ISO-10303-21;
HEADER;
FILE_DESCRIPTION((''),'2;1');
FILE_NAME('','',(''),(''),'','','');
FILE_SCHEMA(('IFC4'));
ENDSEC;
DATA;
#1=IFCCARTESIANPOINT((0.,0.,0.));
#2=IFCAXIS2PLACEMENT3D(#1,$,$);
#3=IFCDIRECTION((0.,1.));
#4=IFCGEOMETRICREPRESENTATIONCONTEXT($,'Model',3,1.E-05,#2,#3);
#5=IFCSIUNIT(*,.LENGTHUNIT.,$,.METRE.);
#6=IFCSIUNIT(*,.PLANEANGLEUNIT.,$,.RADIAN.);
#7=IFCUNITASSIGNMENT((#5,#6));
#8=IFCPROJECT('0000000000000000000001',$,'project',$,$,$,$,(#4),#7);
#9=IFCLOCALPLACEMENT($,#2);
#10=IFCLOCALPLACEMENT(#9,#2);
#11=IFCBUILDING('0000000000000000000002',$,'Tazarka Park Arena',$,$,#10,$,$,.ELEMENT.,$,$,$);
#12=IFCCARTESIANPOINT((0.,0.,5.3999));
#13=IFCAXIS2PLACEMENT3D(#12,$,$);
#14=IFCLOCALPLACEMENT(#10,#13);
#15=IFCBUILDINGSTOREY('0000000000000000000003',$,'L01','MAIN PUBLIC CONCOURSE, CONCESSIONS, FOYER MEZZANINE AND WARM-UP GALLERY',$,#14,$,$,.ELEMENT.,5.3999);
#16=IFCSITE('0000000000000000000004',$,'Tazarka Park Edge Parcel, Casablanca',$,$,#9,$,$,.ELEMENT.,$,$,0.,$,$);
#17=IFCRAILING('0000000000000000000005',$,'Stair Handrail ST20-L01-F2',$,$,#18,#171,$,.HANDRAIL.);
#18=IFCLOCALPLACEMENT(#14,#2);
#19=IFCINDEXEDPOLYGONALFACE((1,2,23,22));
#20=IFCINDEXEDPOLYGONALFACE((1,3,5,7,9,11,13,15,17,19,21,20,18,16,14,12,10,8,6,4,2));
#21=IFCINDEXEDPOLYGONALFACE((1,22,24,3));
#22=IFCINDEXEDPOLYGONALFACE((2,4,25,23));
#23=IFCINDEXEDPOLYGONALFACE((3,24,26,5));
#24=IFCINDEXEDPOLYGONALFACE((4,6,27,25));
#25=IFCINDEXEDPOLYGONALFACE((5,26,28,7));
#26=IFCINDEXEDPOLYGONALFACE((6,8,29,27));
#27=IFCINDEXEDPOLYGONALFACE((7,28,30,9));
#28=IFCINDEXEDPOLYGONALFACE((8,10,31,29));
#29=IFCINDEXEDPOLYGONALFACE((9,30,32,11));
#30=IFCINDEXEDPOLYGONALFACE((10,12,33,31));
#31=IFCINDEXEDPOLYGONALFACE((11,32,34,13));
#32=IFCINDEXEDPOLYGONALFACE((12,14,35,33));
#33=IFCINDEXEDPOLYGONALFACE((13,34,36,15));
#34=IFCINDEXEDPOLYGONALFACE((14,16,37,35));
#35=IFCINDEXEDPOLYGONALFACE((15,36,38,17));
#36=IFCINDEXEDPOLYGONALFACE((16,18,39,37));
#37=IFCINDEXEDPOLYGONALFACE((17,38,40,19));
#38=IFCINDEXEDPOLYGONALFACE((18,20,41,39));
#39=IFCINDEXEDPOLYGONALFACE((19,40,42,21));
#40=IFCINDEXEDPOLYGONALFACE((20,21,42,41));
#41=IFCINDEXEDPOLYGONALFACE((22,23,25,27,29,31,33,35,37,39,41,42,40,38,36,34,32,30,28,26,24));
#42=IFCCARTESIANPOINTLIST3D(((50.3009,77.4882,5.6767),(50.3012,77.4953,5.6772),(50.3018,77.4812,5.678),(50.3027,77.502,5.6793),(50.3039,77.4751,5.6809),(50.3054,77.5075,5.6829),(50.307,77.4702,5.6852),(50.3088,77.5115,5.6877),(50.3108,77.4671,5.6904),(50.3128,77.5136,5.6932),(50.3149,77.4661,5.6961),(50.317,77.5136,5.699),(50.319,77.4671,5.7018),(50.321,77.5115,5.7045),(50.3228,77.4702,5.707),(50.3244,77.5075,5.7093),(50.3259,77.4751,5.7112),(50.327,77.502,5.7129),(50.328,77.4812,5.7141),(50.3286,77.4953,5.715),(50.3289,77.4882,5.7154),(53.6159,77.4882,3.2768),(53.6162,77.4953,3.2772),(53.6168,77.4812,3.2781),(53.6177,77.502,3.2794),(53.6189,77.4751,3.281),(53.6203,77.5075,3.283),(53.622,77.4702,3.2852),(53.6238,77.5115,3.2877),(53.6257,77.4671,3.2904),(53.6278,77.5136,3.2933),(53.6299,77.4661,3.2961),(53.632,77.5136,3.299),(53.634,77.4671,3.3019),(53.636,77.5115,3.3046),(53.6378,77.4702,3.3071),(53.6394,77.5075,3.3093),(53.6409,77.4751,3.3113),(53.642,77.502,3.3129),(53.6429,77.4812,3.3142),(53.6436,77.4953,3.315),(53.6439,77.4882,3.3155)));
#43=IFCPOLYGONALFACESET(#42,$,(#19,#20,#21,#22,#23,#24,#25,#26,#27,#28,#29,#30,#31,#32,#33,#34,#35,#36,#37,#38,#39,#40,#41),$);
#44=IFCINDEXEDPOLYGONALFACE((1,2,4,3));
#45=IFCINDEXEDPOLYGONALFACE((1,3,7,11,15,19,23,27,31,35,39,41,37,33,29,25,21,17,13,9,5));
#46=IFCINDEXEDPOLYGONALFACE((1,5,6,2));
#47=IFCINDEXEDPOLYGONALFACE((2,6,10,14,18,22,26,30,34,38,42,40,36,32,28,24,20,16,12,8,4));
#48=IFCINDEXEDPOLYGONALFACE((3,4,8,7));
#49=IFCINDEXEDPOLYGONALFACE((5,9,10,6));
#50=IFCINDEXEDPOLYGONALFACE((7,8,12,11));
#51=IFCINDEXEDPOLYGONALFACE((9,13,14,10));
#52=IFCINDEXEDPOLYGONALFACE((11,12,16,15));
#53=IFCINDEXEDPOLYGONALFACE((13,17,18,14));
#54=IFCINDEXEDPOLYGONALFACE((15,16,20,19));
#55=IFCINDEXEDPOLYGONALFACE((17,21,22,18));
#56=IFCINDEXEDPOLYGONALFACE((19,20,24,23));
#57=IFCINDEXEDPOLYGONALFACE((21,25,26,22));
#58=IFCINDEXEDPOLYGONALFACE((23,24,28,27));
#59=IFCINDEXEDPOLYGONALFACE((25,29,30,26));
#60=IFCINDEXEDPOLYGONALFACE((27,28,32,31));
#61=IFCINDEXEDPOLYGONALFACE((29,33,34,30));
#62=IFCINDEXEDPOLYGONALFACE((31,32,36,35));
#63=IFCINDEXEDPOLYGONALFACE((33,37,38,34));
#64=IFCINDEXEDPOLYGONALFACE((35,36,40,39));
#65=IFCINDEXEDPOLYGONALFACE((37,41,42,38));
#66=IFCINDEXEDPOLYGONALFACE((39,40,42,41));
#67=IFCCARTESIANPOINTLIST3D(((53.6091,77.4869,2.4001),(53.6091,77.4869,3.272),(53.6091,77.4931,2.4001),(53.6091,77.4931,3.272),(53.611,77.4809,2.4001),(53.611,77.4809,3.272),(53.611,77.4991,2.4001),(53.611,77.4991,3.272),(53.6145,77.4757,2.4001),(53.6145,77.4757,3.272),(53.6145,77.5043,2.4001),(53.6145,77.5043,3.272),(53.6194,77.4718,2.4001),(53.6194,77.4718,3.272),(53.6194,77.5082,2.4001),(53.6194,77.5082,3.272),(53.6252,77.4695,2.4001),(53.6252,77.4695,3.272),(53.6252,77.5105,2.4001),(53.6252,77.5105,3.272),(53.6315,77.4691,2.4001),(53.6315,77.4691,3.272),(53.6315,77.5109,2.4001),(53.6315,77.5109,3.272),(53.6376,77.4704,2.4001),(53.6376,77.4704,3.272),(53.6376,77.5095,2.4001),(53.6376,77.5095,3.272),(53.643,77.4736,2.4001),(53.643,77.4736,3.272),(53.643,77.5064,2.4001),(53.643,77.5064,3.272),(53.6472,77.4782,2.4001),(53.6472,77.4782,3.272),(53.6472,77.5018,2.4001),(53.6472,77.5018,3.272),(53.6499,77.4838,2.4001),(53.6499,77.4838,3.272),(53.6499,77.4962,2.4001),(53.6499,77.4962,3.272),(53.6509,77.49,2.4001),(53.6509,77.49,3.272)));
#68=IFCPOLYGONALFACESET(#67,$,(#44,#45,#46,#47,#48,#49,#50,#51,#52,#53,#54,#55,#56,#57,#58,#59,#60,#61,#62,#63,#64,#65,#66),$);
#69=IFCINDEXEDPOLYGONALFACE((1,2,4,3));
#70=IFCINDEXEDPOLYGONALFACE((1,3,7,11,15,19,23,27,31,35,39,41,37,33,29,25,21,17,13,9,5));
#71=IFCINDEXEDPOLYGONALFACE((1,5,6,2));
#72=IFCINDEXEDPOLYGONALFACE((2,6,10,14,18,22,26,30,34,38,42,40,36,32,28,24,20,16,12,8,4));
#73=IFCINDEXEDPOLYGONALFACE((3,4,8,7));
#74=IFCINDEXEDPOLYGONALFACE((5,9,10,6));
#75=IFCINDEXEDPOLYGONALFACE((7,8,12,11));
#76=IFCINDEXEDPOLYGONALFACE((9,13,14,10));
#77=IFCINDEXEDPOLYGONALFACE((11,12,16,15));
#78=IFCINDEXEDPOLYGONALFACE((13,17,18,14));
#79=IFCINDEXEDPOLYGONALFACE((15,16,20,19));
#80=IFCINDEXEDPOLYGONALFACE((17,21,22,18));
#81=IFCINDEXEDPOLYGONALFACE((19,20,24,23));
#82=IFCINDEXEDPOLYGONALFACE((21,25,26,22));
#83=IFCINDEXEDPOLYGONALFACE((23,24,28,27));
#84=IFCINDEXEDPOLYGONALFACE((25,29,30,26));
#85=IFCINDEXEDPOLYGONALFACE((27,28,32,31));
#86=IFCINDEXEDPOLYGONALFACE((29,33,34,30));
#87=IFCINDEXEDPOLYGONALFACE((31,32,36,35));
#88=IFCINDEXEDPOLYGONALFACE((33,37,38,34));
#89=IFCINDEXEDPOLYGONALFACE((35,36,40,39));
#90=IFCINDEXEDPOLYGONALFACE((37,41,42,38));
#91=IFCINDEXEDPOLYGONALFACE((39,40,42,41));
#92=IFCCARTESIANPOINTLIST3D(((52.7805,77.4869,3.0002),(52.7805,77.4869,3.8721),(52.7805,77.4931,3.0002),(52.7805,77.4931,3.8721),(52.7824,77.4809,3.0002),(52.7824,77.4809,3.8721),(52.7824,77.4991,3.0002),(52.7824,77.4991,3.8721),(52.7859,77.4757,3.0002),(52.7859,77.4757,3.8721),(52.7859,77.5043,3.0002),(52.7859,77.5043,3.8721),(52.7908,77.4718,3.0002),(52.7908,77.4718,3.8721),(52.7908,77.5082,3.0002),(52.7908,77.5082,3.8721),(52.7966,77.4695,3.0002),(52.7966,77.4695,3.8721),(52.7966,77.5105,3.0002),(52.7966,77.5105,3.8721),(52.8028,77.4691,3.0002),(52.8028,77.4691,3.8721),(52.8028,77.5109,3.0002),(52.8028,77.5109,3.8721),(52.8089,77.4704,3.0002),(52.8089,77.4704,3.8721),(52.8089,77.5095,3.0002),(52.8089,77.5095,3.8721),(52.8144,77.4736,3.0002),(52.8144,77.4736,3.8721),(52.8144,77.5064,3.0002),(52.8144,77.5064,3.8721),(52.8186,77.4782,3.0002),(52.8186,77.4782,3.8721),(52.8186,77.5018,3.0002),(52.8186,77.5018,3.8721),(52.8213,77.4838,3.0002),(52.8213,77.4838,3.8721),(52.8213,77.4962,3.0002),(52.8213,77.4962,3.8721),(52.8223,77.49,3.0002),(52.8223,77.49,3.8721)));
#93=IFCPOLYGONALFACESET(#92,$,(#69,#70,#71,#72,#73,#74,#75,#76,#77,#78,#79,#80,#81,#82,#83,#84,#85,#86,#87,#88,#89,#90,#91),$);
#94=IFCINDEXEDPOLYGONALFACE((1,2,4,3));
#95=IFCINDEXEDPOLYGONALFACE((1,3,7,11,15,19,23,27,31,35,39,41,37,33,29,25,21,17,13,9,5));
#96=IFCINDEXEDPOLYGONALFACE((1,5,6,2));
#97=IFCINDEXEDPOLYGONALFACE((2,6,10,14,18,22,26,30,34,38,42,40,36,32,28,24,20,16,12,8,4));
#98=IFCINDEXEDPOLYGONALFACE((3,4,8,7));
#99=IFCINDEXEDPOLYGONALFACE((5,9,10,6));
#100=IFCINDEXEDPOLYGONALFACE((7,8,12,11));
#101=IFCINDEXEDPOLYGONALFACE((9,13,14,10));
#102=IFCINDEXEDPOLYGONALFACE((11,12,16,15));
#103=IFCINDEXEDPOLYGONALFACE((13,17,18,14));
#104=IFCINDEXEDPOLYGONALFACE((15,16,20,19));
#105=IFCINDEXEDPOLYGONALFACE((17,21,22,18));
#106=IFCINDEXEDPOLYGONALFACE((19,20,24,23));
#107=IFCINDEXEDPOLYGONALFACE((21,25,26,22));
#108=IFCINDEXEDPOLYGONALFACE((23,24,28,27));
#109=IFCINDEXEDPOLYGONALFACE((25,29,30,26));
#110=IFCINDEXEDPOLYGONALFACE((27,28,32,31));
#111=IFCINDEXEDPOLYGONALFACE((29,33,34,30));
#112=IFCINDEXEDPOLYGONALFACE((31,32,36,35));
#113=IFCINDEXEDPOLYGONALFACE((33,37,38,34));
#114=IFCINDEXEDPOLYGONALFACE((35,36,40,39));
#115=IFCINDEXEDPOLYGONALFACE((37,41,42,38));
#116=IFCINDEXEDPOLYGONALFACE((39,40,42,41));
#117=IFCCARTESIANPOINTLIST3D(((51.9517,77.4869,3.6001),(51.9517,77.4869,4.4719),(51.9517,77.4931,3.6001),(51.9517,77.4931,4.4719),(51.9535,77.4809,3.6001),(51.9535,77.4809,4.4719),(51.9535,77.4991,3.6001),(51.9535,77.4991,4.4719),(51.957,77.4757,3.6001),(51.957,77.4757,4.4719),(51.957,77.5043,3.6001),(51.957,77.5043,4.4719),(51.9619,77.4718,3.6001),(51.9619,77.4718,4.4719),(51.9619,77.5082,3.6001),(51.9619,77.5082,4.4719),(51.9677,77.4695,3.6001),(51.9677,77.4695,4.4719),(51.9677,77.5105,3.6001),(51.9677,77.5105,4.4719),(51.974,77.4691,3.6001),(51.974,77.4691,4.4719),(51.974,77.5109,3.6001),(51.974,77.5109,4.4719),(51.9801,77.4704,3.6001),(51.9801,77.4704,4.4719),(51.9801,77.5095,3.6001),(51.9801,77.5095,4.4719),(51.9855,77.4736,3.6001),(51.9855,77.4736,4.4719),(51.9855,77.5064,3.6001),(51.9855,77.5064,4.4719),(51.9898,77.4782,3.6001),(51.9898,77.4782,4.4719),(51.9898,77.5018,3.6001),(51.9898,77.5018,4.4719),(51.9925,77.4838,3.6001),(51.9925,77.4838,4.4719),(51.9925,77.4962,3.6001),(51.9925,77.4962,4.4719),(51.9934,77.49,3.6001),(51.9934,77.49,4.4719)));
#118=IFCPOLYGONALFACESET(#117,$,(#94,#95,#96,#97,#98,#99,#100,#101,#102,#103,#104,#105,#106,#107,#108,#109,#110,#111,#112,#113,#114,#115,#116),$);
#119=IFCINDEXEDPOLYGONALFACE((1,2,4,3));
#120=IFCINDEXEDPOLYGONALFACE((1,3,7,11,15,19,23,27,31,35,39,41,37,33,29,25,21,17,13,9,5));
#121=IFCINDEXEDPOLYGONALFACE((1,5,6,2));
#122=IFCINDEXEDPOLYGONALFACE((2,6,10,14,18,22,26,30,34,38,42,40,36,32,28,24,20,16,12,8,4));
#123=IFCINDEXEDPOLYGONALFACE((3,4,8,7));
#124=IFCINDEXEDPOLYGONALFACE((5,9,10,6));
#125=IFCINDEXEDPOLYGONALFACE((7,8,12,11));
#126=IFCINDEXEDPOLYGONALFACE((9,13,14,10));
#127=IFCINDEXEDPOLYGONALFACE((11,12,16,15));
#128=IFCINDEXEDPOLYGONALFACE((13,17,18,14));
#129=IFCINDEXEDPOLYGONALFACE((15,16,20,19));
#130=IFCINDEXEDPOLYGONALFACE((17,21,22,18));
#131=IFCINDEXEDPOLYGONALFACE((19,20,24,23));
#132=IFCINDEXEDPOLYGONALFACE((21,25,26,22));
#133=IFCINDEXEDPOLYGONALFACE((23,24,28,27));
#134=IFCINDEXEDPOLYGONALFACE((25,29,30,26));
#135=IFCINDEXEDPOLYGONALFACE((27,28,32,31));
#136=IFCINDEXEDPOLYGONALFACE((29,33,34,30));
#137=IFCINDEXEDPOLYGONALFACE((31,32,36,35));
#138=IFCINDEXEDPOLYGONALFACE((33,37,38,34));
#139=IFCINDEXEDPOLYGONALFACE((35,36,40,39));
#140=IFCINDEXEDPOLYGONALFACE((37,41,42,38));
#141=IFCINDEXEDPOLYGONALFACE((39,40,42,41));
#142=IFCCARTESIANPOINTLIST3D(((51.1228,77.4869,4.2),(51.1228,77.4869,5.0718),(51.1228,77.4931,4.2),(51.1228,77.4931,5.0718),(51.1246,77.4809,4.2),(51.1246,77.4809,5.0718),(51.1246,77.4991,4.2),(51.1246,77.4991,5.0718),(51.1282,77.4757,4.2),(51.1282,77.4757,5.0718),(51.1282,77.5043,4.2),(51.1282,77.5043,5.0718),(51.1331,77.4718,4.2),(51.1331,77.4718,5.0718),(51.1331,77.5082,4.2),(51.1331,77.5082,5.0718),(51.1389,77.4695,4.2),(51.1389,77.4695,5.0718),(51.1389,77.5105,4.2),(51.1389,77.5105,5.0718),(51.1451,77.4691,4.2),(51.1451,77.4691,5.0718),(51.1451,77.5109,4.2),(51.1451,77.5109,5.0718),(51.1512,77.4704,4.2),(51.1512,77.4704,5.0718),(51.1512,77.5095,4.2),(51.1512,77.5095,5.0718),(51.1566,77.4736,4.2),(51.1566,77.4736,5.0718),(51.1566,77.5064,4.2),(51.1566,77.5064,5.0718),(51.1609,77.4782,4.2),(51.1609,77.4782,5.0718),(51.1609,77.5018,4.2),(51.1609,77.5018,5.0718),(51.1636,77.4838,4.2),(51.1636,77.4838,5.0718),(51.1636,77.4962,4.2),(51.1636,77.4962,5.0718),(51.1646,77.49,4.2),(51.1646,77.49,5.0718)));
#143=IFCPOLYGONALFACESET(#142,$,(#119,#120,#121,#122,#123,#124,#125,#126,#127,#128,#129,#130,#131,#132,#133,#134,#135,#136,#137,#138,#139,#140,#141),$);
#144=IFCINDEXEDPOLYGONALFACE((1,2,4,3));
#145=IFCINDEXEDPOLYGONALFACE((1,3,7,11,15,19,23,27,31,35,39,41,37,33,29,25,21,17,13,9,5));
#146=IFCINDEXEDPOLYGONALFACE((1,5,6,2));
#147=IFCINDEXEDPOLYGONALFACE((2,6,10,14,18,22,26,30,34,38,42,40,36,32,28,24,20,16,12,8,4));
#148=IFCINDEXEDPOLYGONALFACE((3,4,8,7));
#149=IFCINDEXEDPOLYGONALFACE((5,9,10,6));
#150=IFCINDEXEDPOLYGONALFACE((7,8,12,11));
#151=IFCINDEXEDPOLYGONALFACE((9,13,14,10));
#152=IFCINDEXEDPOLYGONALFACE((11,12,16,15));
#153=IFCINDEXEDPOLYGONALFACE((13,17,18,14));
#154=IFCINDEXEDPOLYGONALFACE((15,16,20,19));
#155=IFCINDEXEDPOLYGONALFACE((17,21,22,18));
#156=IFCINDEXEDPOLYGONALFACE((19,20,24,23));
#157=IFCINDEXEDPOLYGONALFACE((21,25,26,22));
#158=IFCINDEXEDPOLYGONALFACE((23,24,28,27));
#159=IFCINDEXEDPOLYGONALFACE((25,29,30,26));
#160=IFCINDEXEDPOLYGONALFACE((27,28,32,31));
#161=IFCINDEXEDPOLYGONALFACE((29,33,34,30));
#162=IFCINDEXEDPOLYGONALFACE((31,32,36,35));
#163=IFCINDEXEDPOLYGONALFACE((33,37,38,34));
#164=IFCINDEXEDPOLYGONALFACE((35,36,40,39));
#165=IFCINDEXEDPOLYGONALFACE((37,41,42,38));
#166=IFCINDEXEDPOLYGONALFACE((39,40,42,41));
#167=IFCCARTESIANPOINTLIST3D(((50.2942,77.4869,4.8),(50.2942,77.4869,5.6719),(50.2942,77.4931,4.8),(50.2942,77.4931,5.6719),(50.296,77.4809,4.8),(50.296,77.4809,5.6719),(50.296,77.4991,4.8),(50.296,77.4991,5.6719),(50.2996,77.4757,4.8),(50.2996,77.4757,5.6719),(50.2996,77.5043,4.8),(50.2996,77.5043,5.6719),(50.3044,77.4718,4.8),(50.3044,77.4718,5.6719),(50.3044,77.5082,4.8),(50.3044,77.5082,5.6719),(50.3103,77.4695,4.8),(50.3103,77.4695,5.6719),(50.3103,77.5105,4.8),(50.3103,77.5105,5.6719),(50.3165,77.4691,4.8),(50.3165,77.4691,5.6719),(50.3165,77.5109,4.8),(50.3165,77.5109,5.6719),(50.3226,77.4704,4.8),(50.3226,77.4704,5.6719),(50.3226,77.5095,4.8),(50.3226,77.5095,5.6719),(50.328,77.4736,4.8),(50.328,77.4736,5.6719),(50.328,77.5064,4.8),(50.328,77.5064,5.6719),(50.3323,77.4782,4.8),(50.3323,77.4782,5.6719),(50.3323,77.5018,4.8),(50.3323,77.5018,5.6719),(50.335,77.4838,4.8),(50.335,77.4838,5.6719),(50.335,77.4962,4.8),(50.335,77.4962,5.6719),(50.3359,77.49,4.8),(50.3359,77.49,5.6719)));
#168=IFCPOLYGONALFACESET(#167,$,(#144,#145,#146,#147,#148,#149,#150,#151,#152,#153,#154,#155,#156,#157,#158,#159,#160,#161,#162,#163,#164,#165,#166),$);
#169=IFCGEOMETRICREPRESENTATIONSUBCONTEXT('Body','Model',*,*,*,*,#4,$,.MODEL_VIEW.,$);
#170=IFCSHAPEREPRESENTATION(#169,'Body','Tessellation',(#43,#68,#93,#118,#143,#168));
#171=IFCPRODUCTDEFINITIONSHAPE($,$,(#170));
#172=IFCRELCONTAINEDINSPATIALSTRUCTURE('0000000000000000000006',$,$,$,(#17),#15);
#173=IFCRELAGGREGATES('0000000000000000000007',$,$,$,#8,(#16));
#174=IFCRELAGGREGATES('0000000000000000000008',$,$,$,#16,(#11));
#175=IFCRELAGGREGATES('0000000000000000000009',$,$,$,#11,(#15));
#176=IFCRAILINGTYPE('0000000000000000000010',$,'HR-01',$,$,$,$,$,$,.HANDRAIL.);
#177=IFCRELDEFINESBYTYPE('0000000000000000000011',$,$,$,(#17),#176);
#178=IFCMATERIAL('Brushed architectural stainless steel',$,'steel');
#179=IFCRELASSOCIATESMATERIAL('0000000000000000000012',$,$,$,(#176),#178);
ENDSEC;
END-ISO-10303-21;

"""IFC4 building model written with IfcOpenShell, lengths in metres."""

from ifc_helpers import new_model, si_unit, direction, frame, origin, origin_2d, place, context, subcontext, project, spatial, circle, extrude, material, type_object, element, save


model = new_model("IFC4")

# Units and contexts
model_context = context("Model", 3, precision=1e-05, world=origin(), true_north=direction((0.0, 1.0)))
body_context = subcontext(model_context, "Body", "Model", "MODEL_VIEW")
ifc_project = project(units=[si_unit("LENGTHUNIT", "METRE"), si_unit("PLANEANGLEUNIT", "RADIAN")], contexts=[model_context])

# Site, building, storey
site_placement = place(None, origin())
site = spatial("IfcSite", under=ifc_project, at=site_placement, Name="Tazarka Park Edge Parcel, Casablanca", CompositionType="ELEMENT", RefElevation=0.0)
building_placement = place(site_placement, origin())
building = spatial("IfcBuilding", under=site, at=building_placement, Name="Tazarka Park Arena", CompositionType="ELEMENT")
storey_placement = place(building_placement, frame((0.0, 0.0, 5.3999)))
storey = spatial("IfcBuildingStorey", under=building, at=storey_placement, Name="L01", Description="MAIN PUBLIC CONCOURSE, CONCESSIONS, FOYER MEZZANINE AND WARM-UP GALLERY", CompositionType="ELEMENT", Elevation=5.3999)

# Railing
ifc_material_1 = material(Name="Brushed architectural stainless steel", Category="steel")
railing_type_1 = type_object("IfcRailingType", Name="HR-01", PredefinedType="HANDRAIL", material=ifc_material_1)
railing_1_placement = place(storey_placement, frame((53.6299, 77.49, 2.4001)))
element("IfcRailing", 1, at=railing_1_placement, inside=storey, type_object=railing_type_1, Name="Stair Handrail ST20-L01-F2", PredefinedType="HANDRAIL", context=body_context, shape_type="SweptSolid", body=[
    extrude(circle(Radius=0.0239, at=origin_2d()), frame((0.0, 0.0, 0.896), z_axis=(-0.810009, 0.0, 0.586418), x_axis=(0.0, -1.0, 0.0)), (0.0, 0.0, 1.0), 4.0925),
    extrude(circle(Radius=0.021, at=origin_2d()), origin(), (0.0, 0.0, 1.0), 0.8718),
    extrude(circle(Radius=0.021, at=origin_2d()), frame((-0.8286, 0.0, 0.6001)), (0.0, 0.0, 1.0), 0.8718),
    extrude(circle(Radius=0.021, at=origin_2d()), frame((-1.6575, 0.0, 1.2)), (0.0, 0.0, 1.0), 0.8718),
    extrude(circle(Radius=0.021, at=origin_2d()), frame((-2.4863, 0.0, 1.7998)), (0.0, 0.0, 1.0), 0.8718),
    extrude(circle(Radius=0.021, at=origin_2d()), frame((-3.3149, 0.0, 2.3999)), (0.0, 0.0, 1.0), 0.8718),
])

save(model, "model.ifc")
